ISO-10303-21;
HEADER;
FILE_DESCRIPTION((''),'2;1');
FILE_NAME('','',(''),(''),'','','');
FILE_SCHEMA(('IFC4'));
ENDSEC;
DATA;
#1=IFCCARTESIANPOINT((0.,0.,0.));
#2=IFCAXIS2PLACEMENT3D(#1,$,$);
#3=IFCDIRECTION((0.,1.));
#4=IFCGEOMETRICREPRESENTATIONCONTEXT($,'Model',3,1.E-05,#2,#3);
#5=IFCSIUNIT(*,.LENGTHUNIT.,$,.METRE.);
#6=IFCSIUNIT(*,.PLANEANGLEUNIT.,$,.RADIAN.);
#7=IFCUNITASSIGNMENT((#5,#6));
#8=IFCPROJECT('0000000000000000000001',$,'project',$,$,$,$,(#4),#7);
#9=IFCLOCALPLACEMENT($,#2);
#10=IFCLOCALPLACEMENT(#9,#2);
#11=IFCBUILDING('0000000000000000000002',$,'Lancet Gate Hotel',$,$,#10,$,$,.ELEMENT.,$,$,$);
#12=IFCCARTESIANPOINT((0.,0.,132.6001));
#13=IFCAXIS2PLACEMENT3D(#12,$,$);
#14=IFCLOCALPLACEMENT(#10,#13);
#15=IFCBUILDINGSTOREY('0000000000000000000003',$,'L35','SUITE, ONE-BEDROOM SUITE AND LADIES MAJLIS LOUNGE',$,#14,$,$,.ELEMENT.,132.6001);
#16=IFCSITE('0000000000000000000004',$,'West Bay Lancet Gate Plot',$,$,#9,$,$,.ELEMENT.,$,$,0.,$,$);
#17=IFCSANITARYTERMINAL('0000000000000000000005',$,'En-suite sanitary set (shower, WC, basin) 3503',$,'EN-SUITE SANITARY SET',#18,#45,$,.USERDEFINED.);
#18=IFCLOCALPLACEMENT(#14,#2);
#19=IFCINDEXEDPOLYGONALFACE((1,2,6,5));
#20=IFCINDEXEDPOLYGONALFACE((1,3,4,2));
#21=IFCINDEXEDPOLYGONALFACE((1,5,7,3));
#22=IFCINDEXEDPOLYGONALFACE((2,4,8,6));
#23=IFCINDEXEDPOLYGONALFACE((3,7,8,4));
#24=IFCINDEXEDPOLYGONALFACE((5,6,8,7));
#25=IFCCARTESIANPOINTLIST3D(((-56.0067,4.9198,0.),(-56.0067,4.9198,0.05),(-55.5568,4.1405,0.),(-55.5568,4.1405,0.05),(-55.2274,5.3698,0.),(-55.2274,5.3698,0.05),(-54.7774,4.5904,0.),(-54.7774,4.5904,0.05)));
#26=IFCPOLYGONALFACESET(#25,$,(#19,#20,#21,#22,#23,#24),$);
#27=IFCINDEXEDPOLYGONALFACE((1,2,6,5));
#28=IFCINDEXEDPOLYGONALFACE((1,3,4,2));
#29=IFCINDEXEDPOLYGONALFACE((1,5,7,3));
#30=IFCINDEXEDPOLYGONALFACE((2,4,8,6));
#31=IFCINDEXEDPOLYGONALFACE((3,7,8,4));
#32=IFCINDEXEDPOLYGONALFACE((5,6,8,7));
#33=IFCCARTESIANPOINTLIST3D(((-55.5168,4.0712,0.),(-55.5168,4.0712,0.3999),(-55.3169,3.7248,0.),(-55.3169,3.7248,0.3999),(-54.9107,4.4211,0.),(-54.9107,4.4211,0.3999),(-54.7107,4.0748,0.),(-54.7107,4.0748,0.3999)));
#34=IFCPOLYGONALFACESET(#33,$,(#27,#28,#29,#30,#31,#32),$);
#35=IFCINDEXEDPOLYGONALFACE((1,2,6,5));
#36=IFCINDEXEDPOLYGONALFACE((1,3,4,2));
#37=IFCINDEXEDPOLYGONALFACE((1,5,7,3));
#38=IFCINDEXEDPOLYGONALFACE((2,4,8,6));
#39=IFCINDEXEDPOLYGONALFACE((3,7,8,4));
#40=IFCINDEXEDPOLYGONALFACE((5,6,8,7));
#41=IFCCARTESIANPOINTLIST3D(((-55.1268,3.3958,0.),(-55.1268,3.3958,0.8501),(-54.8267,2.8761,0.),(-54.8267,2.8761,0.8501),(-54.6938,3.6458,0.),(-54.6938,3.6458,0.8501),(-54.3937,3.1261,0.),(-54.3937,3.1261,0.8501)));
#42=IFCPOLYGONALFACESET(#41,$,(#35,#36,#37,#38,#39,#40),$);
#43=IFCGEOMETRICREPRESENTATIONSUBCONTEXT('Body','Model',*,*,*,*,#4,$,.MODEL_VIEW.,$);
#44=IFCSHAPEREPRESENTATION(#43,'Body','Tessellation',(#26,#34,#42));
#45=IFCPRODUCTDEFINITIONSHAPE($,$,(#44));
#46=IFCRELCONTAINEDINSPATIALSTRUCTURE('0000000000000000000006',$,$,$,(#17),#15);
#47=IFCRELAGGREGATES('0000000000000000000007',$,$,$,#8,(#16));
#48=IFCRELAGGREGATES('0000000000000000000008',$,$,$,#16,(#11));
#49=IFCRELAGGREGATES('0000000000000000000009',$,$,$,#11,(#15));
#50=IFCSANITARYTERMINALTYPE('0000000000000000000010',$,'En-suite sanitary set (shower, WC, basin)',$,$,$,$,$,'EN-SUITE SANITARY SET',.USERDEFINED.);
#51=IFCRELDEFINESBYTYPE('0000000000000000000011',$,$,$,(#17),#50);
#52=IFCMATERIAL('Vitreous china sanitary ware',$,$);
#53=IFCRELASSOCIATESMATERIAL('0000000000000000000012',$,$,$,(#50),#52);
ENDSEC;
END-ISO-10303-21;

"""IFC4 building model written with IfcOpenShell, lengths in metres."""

from ifc_helpers import new_model, si_unit, direction, frame, origin, origin_2d, place, context, subcontext, project, spatial, rectangle, extrude, material, type_object, element, save


model = new_model("IFC4")

# Units and contexts
model_context = context("Model", 3, precision=1e-05, world=origin(), true_north=direction((0.0, 1.0)))
body_context = subcontext(model_context, "Body", "Model", "MODEL_VIEW")
ifc_project = project(units=[si_unit("LENGTHUNIT", "METRE"), si_unit("PLANEANGLEUNIT", "RADIAN")], contexts=[model_context])

# Site, building, storey
site_placement = place(None, origin())
site = spatial("IfcSite", under=ifc_project, at=site_placement, Name="West Bay Lancet Gate Plot", CompositionType="ELEMENT", RefElevation=0.0)
building_placement = place(site_placement, origin())
building = spatial("IfcBuilding", under=site, at=building_placement, Name="Lancet Gate Hotel", CompositionType="ELEMENT")
storey_placement = place(building_placement, frame((0.0, 0.0, 132.6001)))
storey = spatial("IfcBuildingStorey", under=building, at=storey_placement, Name="L35", Description="SUITE, ONE-BEDROOM SUITE AND LADIES MAJLIS LOUNGE", CompositionType="ELEMENT", Elevation=132.6001)

# Sanitary terminal
ifc_material_1 = material(Name="Vitreous china sanitary ware")
sanitary_terminal_type = type_object("IfcSanitaryTerminalType", Name="En-suite sanitary set (shower, WC, basin)", ElementType="EN-SUITE SANITARY SET", PredefinedType="USERDEFINED", material=ifc_material_1)
sanitary_terminal_placement = place(storey_placement, frame((-55.3921, 4.7551, 0.0), z_axis=(0.0, 0.0, 1.0), x_axis=(1.0, 0.0, 0.0)))
element("IfcSanitaryTerminal", 1, at=sanitary_terminal_placement, inside=storey, type_object=sanitary_terminal_type, Name="En-suite sanitary set (shower, WC, basin) 3503", ObjectType="EN-SUITE SANITARY SET", PredefinedType="USERDEFINED", context=body_context, shape_type="SweptSolid", body=[
    extrude(rectangle(XDim=0.8999, YDim=0.8999, at=origin_2d()), frame((0.0, 0.0, 0.0), z_axis=(0.0, 0.0, 1.0), x_axis=(-0.5, 0.866025, 0.0)), (0.0, 0.0, 1.0), 0.05),
    extrude(rectangle(XDim=0.3999, YDim=0.7, at=origin_2d()), frame((0.2783, -0.6821, 0.0), z_axis=(0.0, 0.0, 1.0), x_axis=(-0.5, 0.866025, 0.0)), (0.0, 0.0, 1.0), 0.3999),
    extrude(rectangle(XDim=0.6001, YDim=0.5, at=origin_2d()), frame((0.6318, -1.4941, 0.0), z_axis=(0.0, 0.0, 1.0), x_axis=(-0.5, 0.866025, 0.0)), (0.0, 0.0, 1.0), 0.8501),
])

save(model, "model.ifc")
